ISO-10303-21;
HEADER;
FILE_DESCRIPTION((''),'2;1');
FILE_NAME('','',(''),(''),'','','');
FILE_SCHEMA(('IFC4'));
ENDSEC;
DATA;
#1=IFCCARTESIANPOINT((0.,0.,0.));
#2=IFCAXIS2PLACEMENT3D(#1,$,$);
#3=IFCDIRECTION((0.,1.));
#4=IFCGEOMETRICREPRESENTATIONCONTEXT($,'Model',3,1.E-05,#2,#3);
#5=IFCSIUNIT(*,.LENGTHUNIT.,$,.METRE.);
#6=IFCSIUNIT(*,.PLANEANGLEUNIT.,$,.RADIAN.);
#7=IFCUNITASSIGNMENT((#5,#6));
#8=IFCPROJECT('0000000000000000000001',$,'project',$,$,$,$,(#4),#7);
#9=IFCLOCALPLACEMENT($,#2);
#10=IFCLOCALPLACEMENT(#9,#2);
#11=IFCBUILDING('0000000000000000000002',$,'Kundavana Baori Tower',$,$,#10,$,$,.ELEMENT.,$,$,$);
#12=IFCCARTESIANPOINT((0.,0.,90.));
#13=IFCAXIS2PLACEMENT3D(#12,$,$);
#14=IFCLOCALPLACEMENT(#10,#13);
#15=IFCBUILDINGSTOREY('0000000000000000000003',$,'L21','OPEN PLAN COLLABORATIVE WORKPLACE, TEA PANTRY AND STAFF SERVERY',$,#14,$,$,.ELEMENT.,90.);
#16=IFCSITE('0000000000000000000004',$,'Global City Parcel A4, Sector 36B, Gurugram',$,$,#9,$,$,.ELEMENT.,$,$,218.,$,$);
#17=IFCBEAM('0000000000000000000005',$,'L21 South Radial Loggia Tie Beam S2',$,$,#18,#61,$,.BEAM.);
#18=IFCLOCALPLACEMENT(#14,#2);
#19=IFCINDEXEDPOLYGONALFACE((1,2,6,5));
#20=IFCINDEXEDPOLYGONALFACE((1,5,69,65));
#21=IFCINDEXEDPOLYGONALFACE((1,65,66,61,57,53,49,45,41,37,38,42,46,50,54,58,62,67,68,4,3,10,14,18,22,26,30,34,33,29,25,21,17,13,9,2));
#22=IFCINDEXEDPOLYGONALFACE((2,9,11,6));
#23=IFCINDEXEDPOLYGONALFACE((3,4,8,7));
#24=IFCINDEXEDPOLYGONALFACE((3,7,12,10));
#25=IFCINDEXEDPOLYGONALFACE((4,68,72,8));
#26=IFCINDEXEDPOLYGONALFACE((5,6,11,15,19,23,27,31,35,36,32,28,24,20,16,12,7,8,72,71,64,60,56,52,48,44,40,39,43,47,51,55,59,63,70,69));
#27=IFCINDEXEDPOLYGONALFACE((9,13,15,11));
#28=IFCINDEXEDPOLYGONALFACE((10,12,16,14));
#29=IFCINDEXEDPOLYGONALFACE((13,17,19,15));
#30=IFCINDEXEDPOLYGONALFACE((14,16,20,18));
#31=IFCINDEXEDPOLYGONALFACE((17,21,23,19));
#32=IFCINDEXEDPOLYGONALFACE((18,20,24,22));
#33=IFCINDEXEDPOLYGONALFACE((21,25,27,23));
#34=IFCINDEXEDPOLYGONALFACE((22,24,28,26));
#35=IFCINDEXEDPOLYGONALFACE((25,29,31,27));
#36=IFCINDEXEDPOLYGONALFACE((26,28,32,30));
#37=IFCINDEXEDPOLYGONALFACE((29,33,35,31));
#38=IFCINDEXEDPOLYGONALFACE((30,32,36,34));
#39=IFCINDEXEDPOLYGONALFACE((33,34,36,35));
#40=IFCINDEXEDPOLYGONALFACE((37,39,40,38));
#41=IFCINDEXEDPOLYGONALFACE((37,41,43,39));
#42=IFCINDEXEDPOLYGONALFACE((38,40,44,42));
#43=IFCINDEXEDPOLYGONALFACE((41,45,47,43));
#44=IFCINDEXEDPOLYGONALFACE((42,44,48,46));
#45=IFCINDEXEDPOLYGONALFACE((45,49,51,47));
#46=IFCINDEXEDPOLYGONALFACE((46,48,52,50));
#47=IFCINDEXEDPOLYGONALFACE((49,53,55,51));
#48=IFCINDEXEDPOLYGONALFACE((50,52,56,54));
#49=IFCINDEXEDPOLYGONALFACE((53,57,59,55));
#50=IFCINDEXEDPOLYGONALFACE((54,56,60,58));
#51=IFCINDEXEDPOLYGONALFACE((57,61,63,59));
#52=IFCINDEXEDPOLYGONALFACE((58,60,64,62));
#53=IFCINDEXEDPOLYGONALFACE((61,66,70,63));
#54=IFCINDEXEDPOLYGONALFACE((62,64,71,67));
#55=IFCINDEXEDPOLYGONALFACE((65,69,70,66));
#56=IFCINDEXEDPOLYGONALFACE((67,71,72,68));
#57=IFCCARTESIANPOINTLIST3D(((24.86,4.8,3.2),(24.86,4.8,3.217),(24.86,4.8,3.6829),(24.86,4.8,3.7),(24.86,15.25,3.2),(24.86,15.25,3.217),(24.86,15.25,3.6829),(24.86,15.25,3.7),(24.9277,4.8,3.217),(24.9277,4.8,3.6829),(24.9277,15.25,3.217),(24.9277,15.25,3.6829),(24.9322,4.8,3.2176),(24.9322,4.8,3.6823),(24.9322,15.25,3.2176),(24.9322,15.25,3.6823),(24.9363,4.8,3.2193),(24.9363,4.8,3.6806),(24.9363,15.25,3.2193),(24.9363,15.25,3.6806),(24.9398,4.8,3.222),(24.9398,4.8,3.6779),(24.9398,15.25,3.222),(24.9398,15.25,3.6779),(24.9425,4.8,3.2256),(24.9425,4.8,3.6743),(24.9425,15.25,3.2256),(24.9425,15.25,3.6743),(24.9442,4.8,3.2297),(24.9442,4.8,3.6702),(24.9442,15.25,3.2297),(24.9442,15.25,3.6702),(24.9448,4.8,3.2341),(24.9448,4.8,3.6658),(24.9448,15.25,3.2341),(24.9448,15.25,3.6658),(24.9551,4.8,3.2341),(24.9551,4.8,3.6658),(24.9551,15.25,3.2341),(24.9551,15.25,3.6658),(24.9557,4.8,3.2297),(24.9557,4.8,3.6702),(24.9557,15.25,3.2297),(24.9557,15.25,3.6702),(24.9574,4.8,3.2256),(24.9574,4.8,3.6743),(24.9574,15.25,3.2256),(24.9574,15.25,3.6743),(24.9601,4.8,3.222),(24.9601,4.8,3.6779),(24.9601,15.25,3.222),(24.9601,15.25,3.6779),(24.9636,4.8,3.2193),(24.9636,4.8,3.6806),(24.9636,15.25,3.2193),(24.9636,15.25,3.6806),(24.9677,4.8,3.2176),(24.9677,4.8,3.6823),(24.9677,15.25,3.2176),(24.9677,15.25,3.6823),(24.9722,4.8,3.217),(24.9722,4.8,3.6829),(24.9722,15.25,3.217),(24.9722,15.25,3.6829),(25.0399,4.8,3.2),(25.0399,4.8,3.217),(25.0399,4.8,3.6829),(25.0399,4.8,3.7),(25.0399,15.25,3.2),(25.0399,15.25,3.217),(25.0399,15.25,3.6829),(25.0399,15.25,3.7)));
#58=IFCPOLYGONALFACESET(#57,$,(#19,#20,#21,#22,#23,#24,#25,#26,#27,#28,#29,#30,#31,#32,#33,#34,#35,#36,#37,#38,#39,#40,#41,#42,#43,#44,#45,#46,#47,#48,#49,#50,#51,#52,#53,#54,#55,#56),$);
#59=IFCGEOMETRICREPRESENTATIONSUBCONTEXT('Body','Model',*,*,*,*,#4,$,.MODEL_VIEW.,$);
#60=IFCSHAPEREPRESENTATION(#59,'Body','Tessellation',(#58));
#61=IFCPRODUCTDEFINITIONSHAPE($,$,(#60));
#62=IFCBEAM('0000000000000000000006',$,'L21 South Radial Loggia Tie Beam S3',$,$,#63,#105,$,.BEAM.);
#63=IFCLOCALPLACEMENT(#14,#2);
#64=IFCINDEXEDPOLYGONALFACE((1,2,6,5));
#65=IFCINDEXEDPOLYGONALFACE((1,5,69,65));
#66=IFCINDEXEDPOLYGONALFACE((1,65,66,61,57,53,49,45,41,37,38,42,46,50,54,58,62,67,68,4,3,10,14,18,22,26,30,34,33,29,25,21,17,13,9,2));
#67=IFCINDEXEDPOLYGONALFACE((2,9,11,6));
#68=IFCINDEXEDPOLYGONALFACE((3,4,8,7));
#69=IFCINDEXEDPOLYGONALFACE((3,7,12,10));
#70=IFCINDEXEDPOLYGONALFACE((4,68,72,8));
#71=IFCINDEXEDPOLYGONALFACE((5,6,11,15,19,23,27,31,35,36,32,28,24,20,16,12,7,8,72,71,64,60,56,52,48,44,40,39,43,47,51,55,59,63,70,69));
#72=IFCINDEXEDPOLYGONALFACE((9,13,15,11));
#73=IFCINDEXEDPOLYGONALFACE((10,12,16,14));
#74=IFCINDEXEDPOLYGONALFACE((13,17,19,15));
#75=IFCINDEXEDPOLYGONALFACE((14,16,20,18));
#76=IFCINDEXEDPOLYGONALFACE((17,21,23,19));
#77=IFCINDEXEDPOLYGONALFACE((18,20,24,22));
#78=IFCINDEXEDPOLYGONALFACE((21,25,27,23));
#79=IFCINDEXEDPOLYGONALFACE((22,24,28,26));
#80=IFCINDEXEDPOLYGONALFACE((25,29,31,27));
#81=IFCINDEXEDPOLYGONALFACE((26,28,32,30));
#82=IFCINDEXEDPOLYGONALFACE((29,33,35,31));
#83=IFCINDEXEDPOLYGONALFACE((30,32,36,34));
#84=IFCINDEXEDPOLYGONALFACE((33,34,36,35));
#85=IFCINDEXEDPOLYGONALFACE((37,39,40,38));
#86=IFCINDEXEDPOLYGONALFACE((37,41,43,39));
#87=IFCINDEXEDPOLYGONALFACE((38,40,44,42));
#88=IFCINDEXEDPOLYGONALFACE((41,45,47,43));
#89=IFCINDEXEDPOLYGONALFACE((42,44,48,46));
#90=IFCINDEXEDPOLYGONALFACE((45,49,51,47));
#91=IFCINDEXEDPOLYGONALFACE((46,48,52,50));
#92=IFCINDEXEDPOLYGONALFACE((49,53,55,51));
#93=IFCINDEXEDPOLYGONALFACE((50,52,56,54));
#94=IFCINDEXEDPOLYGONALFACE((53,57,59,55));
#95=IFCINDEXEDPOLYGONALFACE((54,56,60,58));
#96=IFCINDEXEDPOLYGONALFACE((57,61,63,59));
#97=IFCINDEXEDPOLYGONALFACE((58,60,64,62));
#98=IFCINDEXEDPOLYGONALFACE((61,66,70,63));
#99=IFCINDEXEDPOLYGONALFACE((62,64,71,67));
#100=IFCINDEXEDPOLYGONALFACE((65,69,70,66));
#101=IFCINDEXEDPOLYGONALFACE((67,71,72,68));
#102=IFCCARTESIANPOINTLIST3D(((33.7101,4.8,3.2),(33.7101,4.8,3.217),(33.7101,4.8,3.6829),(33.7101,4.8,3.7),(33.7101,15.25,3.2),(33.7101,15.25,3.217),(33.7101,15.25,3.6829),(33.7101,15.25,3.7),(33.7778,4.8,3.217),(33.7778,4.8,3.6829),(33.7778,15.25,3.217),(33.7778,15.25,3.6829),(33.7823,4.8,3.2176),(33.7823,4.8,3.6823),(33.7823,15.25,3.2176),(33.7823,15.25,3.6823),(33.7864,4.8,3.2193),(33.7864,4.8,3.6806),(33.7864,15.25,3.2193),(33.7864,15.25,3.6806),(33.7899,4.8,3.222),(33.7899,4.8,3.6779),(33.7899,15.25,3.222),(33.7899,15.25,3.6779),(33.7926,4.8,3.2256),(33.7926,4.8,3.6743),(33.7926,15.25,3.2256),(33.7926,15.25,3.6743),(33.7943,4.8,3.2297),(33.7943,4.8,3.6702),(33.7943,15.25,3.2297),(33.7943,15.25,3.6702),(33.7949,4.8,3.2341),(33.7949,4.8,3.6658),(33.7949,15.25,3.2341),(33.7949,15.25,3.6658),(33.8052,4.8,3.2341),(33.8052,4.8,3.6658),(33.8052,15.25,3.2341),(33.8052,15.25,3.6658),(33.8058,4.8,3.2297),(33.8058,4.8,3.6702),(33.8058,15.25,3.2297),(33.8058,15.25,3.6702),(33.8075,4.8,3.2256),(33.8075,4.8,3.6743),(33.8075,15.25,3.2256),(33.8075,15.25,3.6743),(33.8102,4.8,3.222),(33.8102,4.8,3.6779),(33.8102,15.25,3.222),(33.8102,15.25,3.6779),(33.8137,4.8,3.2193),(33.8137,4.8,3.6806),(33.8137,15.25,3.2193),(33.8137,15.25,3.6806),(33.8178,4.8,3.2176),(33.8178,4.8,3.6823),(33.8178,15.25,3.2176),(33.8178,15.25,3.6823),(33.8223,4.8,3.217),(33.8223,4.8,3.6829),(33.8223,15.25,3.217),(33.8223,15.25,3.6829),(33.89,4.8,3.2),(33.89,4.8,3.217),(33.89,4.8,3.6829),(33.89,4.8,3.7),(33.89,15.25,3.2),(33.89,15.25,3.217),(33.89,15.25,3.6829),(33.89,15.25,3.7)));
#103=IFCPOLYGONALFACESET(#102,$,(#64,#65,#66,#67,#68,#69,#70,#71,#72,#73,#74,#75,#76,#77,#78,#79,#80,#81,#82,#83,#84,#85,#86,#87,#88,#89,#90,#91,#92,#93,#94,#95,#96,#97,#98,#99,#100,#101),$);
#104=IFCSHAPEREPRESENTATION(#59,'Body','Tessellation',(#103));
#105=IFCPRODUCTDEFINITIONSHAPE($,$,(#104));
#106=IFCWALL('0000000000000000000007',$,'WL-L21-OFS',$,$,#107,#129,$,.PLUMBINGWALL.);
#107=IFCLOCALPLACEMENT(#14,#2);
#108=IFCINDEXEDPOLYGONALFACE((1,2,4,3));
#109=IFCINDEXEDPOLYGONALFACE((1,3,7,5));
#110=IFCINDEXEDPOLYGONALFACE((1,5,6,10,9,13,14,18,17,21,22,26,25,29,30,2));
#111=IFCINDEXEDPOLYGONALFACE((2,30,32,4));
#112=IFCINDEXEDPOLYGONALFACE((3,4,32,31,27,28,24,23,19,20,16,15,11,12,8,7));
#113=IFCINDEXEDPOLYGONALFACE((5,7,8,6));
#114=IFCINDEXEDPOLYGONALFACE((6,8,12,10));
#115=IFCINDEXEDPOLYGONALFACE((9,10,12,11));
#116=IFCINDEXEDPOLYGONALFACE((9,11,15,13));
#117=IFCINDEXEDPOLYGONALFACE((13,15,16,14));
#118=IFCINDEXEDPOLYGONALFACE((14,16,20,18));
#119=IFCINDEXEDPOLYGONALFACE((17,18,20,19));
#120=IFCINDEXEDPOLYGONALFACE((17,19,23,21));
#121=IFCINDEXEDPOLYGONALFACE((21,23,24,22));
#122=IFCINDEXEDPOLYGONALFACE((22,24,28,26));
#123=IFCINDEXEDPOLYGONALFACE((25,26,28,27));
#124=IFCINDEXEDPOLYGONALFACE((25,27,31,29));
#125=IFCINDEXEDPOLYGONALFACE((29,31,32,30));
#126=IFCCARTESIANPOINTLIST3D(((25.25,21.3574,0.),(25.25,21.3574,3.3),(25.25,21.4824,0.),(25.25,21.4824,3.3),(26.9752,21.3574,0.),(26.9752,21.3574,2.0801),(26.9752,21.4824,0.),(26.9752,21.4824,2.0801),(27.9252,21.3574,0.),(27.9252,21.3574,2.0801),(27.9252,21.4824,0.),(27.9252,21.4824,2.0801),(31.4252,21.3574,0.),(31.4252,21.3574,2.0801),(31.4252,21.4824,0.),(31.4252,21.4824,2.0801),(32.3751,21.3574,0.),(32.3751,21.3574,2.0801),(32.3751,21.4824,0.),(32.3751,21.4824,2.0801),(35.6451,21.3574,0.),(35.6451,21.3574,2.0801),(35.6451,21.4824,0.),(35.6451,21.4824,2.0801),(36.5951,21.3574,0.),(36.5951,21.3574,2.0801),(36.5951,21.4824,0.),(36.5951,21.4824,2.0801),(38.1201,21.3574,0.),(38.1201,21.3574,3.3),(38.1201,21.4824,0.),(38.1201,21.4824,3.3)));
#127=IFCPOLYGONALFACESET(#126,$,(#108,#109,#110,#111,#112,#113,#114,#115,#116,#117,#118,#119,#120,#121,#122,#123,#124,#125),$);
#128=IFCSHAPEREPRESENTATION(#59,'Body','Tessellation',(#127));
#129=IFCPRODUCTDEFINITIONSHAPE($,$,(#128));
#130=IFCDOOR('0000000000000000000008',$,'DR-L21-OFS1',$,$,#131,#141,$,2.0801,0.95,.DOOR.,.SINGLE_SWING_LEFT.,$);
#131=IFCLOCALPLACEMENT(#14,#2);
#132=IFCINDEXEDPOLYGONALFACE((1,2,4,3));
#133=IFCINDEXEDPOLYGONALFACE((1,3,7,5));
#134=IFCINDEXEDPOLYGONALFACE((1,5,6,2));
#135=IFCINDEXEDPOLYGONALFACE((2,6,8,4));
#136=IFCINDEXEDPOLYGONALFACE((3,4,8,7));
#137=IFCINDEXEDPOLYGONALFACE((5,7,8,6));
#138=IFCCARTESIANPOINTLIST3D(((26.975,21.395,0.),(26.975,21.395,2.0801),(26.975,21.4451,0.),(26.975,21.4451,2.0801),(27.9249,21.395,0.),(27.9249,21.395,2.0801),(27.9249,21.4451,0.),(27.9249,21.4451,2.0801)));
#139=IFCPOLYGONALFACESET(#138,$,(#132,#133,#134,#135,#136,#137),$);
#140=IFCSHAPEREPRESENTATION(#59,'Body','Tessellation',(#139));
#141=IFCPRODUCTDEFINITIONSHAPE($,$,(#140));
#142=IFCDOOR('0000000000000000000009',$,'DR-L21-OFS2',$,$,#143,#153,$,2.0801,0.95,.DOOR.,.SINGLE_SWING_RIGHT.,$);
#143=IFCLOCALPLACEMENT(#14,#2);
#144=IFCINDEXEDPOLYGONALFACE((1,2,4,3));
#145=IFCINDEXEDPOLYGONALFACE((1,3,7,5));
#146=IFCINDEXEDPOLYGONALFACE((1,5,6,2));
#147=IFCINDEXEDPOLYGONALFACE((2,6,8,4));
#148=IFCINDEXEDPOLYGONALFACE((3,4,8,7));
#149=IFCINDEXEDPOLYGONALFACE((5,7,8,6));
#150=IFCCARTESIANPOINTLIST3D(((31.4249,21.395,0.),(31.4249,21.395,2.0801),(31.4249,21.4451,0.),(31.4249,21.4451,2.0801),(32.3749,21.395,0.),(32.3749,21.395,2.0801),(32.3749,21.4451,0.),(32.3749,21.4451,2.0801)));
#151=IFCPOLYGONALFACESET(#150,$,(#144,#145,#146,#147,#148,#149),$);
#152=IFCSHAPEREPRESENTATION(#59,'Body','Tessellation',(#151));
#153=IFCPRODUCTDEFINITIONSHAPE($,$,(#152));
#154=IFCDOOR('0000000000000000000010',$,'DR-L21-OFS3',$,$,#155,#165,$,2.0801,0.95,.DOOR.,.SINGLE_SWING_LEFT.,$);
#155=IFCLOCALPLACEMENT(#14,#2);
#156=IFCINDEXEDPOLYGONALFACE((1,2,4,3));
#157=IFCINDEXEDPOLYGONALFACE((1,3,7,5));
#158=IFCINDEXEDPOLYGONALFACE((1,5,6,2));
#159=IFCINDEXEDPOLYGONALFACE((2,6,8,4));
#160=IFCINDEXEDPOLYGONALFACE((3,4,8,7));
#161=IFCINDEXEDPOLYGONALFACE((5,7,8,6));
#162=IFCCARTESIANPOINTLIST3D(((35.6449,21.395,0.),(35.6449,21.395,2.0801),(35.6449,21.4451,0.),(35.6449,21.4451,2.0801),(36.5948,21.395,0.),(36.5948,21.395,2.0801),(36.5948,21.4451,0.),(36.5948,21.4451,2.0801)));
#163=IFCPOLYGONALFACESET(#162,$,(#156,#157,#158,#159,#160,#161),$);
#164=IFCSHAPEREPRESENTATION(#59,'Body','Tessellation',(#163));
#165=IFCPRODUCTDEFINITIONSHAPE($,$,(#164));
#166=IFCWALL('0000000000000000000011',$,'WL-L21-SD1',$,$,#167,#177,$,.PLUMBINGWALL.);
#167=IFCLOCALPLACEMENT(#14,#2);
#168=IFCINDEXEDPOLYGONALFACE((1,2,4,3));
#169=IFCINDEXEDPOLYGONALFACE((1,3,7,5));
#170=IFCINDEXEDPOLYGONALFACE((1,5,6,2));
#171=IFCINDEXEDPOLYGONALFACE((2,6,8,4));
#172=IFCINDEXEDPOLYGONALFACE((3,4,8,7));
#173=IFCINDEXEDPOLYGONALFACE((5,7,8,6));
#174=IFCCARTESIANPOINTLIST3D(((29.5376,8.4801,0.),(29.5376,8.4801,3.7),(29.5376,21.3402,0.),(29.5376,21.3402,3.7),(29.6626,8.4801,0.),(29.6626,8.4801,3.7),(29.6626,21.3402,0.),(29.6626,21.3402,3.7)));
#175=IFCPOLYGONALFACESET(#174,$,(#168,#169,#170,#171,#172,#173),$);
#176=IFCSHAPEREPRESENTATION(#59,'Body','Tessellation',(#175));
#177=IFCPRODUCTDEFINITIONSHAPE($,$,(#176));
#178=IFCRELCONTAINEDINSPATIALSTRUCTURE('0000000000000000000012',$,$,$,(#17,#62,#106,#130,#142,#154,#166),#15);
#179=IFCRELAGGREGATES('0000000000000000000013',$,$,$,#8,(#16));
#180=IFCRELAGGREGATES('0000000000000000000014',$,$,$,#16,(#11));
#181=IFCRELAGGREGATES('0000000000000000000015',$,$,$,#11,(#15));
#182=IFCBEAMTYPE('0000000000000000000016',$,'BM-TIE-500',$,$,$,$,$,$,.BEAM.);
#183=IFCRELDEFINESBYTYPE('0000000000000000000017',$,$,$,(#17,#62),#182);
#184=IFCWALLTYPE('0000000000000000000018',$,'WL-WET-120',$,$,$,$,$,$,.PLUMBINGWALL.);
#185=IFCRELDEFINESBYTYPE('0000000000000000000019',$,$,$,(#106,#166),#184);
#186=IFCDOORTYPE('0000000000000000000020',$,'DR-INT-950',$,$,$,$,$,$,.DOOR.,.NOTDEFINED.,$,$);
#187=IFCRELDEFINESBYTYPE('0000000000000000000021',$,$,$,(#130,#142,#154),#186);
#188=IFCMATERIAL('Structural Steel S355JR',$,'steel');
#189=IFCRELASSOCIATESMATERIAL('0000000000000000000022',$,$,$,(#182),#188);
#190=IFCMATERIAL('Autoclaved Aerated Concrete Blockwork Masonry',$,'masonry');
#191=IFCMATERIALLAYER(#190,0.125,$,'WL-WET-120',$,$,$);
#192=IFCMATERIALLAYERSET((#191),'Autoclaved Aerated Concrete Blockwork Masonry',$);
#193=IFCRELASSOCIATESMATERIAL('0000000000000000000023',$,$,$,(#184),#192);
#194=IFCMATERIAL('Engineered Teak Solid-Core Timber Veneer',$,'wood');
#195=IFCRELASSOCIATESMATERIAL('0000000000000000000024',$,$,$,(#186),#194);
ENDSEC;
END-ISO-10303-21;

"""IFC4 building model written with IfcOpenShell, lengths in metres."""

from ifc_helpers import new_model, si_unit, direction, frame, frame_2d, origin, origin_2d, place, context, subcontext, project, spatial, rectangle, i_section, extrude, material, layer, layer_set, material_profile, profile_set, type_object, element, fill, save


model = new_model("IFC4")

# Units and contexts
model_context = context("Model", 3, precision=1e-05, world=origin(), true_north=direction((0.0, 1.0)))
body_context = subcontext(model_context, "Body", "Model", "MODEL_VIEW")
ifc_project = project(units=[si_unit("LENGTHUNIT", "METRE"), si_unit("PLANEANGLEUNIT", "RADIAN")], contexts=[model_context])

# Site, building, storey
site_placement = place(None, origin())
site = spatial("IfcSite", under=ifc_project, at=site_placement, Name="Global City Parcel A4, Sector 36B, Gurugram", CompositionType="ELEMENT", RefElevation=218.0)
building_placement = place(site_placement, origin())
building = spatial("IfcBuilding", under=site, at=building_placement, Name="Kundavana Baori Tower", CompositionType="ELEMENT")
storey_placement = place(building_placement, frame((0.0, 0.0, 90.0)))
storey = spatial("IfcBuildingStorey", under=building, at=storey_placement, Name="L21", Description="OPEN PLAN COLLABORATIVE WORKPLACE, TEA PANTRY AND STAFF SERVERY", CompositionType="ELEMENT", Elevation=90.0)

# Beams
ifc_material_1 = material(Name="Structural Steel S355JR", Category="steel")
ifc_material_profile_1 = material_profile(ifc_material_1, i_section(OverallWidth=0.1799, OverallDepth=0.5, WebThickness=0.0103, FlangeThickness=0.0171, FilletRadius=0.0171, at=origin_2d()), Name="ISMB 500")
ifc_profile_set_1 = profile_set([ifc_material_profile_1], Name="Structural Steel S355JR")
beam_type_1 = type_object("IfcBeamType", Name="BM-TIE-500", PredefinedType="BEAM", material=ifc_profile_set_1)
for number, where, z_axis, x_axis, name in (
    (1, (24.95, 15.25, 3.45), (0.0, -1.0, 0.0), (1.0, 0.0, 0.0), "L21 South Radial Loggia Tie Beam S2"),
    (2, (33.8, 15.25, 3.45), (0.0, -1.0, 0.0), (1.0, 0.0, 0.0), "L21 South Radial Loggia Tie Beam S3"),
):
    element("IfcBeam", number, at=place(storey_placement, frame(where, z_axis=z_axis, x_axis=x_axis)), inside=storey, type_object=beam_type_1, Name=name, PredefinedType="BEAM", context=body_context, shape_type="SweptSolid", body=[
        extrude(i_section(OverallWidth=0.1799, OverallDepth=0.5, WebThickness=0.0103, FlangeThickness=0.0171, FilletRadius=0.0171, at=origin_2d()), origin(), (0.0, 0.0, 1.0), 10.45),
    ])

# Wall, openings, doors
ifc_material_2 = material(Name="Autoclaved Aerated Concrete Blockwork Masonry", Category="masonry")
ifc_layer = layer(ifc_material_2, 0.125, Name="WL-WET-120")
ifc_layer_set = layer_set([ifc_layer], Name="Autoclaved Aerated Concrete Blockwork Masonry")
wall_type = type_object("IfcWallType", Name="WL-WET-120", PredefinedType="PLUMBINGWALL", material=ifc_layer_set)
wall_1_placement = place(storey_placement, frame((25.25, 21.4199, 0.0), z_axis=(0.0, 0.0, 1.0), x_axis=(1.0, 0.0, 0.0)))
wall_1 = element("IfcWall", 3, at=wall_1_placement, inside=storey, type_object=wall_type, Name="WL-L21-OFS", PredefinedType="PLUMBINGWALL", context=body_context, shape_type="SweptSolid", body=[
    extrude(rectangle(XDim=12.8701, YDim=0.125, at=frame_2d((6.4351, 0.0))), origin(), (0.0, 0.0, 1.0), 3.3),
])
opening_1_placement = place(wall_1_placement, frame((1.7251, 0.0, 0.0)))
opening_1 = element("IfcOpeningElement", 4, at=opening_1_placement, cuts=wall_1, PredefinedType="OPENING", context=body_context, shape_type="SweptSolid", body=[
    extrude(rectangle(XDim=0.95, YDim=2.0801, at=frame_2d((0.4751, 1.04))), frame((0.0, 0.0725, 0.0), z_axis=(0.0, -1.0, 0.0), x_axis=(1.0, 0.0, 0.0)), (0.0, 0.0, 1.0), 0.145),
])
opening_2_placement = place(wall_1_placement, frame((6.175, 0.0, 0.0)))
opening_2 = element("IfcOpeningElement", 5, at=opening_2_placement, cuts=wall_1, PredefinedType="OPENING", context=body_context, shape_type="SweptSolid", body=[
    extrude(rectangle(XDim=0.95, YDim=2.0801, at=frame_2d((0.4751, 1.04))), frame((0.0, 0.0725, 0.0), z_axis=(0.0, -1.0, 0.0), x_axis=(1.0, 0.0, 0.0)), (0.0, 0.0, 1.0), 0.145),
])
opening_3_placement = place(wall_1_placement, frame((10.395, 0.0, 0.0)))
opening_3 = element("IfcOpeningElement", 6, at=opening_3_placement, cuts=wall_1, PredefinedType="OPENING", context=body_context, shape_type="SweptSolid", body=[
    extrude(rectangle(XDim=0.95, YDim=2.0801, at=frame_2d((0.4751, 1.04))), frame((0.0, 0.0725, 0.0), z_axis=(0.0, -1.0, 0.0), x_axis=(1.0, 0.0, 0.0)), (0.0, 0.0, 1.0), 0.145),
])
ifc_material_3 = material(Name="Engineered Teak Solid-Core Timber Veneer", Category="wood")
door_type = type_object("IfcDoorType", Name="DR-INT-950", OperationType="NOTDEFINED", PredefinedType="DOOR", material=ifc_material_3)
door_1_placement = place(opening_1_placement, frame((0.95, 0.0, 0.0), z_axis=(0.0, 0.0, 1.0), x_axis=(-1.0, 0.0, 0.0)))
door_1 = element("IfcDoor", 7, at=door_1_placement, inside=storey, type_object=door_type, Name="DR-L21-OFS1", OperationType="SINGLE_SWING_LEFT", OverallHeight=2.0801, OverallWidth=0.95, PredefinedType="DOOR", context=body_context, shape_type="SweptSolid", body=[
    extrude(rectangle(XDim=0.95, YDim=2.0801, at=frame_2d((0.4751, 1.04))), frame((0.0, 0.0249, 0.0), z_axis=(0.0, -1.0, 0.0), x_axis=(1.0, 0.0, 0.0)), (0.0, 0.0, 1.0), 0.05),
])
fill(opening_1, door_1)
door_2_placement = place(opening_2_placement, frame((0.95, 0.0, 0.0), z_axis=(0.0, 0.0, 1.0), x_axis=(-1.0, 0.0, 0.0)))
door_2 = element("IfcDoor", 8, at=door_2_placement, inside=storey, type_object=door_type, Name="DR-L21-OFS2", OperationType="SINGLE_SWING_RIGHT", OverallHeight=2.0801, OverallWidth=0.95, PredefinedType="DOOR", context=body_context, shape_type="SweptSolid", body=[
    extrude(rectangle(XDim=0.95, YDim=2.0801, at=frame_2d((0.4751, 1.04))), frame((0.0, 0.0249, 0.0), z_axis=(0.0, -1.0, 0.0), x_axis=(1.0, 0.0, 0.0)), (0.0, 0.0, 1.0), 0.05),
])
fill(opening_2, door_2)
door_3_placement = place(opening_3_placement, frame((0.95, 0.0, 0.0), z_axis=(0.0, 0.0, 1.0), x_axis=(-1.0, 0.0, 0.0)))
door_3 = element("IfcDoor", 9, at=door_3_placement, inside=storey, type_object=door_type, Name="DR-L21-OFS3", OperationType="SINGLE_SWING_LEFT", OverallHeight=2.0801, OverallWidth=0.95, PredefinedType="DOOR", context=body_context, shape_type="SweptSolid", body=[
    extrude(rectangle(XDim=0.95, YDim=2.0801, at=frame_2d((0.4751, 1.04))), frame((0.0, 0.0249, 0.0), z_axis=(0.0, -1.0, 0.0), x_axis=(1.0, 0.0, 0.0)), (0.0, 0.0, 1.0), 0.05),
])
fill(opening_3, door_3)

# Wall
wall_2_placement = place(storey_placement, frame((29.6001, 8.48, 0.0), z_axis=(0.0, 0.0, 1.0), x_axis=(0.0, 1.0, 0.0)))
element("IfcWall", 10, at=wall_2_placement, inside=storey, type_object=wall_type, Name="WL-L21-SD1", PredefinedType="PLUMBINGWALL", context=body_context, shape_type="SweptSolid", body=[
    extrude(rectangle(XDim=12.8601, YDim=0.125, at=frame_2d((6.4302, 0.0))), origin(), (0.0, 0.0, 1.0), 3.7),
])

save(model, "model.ifc")
